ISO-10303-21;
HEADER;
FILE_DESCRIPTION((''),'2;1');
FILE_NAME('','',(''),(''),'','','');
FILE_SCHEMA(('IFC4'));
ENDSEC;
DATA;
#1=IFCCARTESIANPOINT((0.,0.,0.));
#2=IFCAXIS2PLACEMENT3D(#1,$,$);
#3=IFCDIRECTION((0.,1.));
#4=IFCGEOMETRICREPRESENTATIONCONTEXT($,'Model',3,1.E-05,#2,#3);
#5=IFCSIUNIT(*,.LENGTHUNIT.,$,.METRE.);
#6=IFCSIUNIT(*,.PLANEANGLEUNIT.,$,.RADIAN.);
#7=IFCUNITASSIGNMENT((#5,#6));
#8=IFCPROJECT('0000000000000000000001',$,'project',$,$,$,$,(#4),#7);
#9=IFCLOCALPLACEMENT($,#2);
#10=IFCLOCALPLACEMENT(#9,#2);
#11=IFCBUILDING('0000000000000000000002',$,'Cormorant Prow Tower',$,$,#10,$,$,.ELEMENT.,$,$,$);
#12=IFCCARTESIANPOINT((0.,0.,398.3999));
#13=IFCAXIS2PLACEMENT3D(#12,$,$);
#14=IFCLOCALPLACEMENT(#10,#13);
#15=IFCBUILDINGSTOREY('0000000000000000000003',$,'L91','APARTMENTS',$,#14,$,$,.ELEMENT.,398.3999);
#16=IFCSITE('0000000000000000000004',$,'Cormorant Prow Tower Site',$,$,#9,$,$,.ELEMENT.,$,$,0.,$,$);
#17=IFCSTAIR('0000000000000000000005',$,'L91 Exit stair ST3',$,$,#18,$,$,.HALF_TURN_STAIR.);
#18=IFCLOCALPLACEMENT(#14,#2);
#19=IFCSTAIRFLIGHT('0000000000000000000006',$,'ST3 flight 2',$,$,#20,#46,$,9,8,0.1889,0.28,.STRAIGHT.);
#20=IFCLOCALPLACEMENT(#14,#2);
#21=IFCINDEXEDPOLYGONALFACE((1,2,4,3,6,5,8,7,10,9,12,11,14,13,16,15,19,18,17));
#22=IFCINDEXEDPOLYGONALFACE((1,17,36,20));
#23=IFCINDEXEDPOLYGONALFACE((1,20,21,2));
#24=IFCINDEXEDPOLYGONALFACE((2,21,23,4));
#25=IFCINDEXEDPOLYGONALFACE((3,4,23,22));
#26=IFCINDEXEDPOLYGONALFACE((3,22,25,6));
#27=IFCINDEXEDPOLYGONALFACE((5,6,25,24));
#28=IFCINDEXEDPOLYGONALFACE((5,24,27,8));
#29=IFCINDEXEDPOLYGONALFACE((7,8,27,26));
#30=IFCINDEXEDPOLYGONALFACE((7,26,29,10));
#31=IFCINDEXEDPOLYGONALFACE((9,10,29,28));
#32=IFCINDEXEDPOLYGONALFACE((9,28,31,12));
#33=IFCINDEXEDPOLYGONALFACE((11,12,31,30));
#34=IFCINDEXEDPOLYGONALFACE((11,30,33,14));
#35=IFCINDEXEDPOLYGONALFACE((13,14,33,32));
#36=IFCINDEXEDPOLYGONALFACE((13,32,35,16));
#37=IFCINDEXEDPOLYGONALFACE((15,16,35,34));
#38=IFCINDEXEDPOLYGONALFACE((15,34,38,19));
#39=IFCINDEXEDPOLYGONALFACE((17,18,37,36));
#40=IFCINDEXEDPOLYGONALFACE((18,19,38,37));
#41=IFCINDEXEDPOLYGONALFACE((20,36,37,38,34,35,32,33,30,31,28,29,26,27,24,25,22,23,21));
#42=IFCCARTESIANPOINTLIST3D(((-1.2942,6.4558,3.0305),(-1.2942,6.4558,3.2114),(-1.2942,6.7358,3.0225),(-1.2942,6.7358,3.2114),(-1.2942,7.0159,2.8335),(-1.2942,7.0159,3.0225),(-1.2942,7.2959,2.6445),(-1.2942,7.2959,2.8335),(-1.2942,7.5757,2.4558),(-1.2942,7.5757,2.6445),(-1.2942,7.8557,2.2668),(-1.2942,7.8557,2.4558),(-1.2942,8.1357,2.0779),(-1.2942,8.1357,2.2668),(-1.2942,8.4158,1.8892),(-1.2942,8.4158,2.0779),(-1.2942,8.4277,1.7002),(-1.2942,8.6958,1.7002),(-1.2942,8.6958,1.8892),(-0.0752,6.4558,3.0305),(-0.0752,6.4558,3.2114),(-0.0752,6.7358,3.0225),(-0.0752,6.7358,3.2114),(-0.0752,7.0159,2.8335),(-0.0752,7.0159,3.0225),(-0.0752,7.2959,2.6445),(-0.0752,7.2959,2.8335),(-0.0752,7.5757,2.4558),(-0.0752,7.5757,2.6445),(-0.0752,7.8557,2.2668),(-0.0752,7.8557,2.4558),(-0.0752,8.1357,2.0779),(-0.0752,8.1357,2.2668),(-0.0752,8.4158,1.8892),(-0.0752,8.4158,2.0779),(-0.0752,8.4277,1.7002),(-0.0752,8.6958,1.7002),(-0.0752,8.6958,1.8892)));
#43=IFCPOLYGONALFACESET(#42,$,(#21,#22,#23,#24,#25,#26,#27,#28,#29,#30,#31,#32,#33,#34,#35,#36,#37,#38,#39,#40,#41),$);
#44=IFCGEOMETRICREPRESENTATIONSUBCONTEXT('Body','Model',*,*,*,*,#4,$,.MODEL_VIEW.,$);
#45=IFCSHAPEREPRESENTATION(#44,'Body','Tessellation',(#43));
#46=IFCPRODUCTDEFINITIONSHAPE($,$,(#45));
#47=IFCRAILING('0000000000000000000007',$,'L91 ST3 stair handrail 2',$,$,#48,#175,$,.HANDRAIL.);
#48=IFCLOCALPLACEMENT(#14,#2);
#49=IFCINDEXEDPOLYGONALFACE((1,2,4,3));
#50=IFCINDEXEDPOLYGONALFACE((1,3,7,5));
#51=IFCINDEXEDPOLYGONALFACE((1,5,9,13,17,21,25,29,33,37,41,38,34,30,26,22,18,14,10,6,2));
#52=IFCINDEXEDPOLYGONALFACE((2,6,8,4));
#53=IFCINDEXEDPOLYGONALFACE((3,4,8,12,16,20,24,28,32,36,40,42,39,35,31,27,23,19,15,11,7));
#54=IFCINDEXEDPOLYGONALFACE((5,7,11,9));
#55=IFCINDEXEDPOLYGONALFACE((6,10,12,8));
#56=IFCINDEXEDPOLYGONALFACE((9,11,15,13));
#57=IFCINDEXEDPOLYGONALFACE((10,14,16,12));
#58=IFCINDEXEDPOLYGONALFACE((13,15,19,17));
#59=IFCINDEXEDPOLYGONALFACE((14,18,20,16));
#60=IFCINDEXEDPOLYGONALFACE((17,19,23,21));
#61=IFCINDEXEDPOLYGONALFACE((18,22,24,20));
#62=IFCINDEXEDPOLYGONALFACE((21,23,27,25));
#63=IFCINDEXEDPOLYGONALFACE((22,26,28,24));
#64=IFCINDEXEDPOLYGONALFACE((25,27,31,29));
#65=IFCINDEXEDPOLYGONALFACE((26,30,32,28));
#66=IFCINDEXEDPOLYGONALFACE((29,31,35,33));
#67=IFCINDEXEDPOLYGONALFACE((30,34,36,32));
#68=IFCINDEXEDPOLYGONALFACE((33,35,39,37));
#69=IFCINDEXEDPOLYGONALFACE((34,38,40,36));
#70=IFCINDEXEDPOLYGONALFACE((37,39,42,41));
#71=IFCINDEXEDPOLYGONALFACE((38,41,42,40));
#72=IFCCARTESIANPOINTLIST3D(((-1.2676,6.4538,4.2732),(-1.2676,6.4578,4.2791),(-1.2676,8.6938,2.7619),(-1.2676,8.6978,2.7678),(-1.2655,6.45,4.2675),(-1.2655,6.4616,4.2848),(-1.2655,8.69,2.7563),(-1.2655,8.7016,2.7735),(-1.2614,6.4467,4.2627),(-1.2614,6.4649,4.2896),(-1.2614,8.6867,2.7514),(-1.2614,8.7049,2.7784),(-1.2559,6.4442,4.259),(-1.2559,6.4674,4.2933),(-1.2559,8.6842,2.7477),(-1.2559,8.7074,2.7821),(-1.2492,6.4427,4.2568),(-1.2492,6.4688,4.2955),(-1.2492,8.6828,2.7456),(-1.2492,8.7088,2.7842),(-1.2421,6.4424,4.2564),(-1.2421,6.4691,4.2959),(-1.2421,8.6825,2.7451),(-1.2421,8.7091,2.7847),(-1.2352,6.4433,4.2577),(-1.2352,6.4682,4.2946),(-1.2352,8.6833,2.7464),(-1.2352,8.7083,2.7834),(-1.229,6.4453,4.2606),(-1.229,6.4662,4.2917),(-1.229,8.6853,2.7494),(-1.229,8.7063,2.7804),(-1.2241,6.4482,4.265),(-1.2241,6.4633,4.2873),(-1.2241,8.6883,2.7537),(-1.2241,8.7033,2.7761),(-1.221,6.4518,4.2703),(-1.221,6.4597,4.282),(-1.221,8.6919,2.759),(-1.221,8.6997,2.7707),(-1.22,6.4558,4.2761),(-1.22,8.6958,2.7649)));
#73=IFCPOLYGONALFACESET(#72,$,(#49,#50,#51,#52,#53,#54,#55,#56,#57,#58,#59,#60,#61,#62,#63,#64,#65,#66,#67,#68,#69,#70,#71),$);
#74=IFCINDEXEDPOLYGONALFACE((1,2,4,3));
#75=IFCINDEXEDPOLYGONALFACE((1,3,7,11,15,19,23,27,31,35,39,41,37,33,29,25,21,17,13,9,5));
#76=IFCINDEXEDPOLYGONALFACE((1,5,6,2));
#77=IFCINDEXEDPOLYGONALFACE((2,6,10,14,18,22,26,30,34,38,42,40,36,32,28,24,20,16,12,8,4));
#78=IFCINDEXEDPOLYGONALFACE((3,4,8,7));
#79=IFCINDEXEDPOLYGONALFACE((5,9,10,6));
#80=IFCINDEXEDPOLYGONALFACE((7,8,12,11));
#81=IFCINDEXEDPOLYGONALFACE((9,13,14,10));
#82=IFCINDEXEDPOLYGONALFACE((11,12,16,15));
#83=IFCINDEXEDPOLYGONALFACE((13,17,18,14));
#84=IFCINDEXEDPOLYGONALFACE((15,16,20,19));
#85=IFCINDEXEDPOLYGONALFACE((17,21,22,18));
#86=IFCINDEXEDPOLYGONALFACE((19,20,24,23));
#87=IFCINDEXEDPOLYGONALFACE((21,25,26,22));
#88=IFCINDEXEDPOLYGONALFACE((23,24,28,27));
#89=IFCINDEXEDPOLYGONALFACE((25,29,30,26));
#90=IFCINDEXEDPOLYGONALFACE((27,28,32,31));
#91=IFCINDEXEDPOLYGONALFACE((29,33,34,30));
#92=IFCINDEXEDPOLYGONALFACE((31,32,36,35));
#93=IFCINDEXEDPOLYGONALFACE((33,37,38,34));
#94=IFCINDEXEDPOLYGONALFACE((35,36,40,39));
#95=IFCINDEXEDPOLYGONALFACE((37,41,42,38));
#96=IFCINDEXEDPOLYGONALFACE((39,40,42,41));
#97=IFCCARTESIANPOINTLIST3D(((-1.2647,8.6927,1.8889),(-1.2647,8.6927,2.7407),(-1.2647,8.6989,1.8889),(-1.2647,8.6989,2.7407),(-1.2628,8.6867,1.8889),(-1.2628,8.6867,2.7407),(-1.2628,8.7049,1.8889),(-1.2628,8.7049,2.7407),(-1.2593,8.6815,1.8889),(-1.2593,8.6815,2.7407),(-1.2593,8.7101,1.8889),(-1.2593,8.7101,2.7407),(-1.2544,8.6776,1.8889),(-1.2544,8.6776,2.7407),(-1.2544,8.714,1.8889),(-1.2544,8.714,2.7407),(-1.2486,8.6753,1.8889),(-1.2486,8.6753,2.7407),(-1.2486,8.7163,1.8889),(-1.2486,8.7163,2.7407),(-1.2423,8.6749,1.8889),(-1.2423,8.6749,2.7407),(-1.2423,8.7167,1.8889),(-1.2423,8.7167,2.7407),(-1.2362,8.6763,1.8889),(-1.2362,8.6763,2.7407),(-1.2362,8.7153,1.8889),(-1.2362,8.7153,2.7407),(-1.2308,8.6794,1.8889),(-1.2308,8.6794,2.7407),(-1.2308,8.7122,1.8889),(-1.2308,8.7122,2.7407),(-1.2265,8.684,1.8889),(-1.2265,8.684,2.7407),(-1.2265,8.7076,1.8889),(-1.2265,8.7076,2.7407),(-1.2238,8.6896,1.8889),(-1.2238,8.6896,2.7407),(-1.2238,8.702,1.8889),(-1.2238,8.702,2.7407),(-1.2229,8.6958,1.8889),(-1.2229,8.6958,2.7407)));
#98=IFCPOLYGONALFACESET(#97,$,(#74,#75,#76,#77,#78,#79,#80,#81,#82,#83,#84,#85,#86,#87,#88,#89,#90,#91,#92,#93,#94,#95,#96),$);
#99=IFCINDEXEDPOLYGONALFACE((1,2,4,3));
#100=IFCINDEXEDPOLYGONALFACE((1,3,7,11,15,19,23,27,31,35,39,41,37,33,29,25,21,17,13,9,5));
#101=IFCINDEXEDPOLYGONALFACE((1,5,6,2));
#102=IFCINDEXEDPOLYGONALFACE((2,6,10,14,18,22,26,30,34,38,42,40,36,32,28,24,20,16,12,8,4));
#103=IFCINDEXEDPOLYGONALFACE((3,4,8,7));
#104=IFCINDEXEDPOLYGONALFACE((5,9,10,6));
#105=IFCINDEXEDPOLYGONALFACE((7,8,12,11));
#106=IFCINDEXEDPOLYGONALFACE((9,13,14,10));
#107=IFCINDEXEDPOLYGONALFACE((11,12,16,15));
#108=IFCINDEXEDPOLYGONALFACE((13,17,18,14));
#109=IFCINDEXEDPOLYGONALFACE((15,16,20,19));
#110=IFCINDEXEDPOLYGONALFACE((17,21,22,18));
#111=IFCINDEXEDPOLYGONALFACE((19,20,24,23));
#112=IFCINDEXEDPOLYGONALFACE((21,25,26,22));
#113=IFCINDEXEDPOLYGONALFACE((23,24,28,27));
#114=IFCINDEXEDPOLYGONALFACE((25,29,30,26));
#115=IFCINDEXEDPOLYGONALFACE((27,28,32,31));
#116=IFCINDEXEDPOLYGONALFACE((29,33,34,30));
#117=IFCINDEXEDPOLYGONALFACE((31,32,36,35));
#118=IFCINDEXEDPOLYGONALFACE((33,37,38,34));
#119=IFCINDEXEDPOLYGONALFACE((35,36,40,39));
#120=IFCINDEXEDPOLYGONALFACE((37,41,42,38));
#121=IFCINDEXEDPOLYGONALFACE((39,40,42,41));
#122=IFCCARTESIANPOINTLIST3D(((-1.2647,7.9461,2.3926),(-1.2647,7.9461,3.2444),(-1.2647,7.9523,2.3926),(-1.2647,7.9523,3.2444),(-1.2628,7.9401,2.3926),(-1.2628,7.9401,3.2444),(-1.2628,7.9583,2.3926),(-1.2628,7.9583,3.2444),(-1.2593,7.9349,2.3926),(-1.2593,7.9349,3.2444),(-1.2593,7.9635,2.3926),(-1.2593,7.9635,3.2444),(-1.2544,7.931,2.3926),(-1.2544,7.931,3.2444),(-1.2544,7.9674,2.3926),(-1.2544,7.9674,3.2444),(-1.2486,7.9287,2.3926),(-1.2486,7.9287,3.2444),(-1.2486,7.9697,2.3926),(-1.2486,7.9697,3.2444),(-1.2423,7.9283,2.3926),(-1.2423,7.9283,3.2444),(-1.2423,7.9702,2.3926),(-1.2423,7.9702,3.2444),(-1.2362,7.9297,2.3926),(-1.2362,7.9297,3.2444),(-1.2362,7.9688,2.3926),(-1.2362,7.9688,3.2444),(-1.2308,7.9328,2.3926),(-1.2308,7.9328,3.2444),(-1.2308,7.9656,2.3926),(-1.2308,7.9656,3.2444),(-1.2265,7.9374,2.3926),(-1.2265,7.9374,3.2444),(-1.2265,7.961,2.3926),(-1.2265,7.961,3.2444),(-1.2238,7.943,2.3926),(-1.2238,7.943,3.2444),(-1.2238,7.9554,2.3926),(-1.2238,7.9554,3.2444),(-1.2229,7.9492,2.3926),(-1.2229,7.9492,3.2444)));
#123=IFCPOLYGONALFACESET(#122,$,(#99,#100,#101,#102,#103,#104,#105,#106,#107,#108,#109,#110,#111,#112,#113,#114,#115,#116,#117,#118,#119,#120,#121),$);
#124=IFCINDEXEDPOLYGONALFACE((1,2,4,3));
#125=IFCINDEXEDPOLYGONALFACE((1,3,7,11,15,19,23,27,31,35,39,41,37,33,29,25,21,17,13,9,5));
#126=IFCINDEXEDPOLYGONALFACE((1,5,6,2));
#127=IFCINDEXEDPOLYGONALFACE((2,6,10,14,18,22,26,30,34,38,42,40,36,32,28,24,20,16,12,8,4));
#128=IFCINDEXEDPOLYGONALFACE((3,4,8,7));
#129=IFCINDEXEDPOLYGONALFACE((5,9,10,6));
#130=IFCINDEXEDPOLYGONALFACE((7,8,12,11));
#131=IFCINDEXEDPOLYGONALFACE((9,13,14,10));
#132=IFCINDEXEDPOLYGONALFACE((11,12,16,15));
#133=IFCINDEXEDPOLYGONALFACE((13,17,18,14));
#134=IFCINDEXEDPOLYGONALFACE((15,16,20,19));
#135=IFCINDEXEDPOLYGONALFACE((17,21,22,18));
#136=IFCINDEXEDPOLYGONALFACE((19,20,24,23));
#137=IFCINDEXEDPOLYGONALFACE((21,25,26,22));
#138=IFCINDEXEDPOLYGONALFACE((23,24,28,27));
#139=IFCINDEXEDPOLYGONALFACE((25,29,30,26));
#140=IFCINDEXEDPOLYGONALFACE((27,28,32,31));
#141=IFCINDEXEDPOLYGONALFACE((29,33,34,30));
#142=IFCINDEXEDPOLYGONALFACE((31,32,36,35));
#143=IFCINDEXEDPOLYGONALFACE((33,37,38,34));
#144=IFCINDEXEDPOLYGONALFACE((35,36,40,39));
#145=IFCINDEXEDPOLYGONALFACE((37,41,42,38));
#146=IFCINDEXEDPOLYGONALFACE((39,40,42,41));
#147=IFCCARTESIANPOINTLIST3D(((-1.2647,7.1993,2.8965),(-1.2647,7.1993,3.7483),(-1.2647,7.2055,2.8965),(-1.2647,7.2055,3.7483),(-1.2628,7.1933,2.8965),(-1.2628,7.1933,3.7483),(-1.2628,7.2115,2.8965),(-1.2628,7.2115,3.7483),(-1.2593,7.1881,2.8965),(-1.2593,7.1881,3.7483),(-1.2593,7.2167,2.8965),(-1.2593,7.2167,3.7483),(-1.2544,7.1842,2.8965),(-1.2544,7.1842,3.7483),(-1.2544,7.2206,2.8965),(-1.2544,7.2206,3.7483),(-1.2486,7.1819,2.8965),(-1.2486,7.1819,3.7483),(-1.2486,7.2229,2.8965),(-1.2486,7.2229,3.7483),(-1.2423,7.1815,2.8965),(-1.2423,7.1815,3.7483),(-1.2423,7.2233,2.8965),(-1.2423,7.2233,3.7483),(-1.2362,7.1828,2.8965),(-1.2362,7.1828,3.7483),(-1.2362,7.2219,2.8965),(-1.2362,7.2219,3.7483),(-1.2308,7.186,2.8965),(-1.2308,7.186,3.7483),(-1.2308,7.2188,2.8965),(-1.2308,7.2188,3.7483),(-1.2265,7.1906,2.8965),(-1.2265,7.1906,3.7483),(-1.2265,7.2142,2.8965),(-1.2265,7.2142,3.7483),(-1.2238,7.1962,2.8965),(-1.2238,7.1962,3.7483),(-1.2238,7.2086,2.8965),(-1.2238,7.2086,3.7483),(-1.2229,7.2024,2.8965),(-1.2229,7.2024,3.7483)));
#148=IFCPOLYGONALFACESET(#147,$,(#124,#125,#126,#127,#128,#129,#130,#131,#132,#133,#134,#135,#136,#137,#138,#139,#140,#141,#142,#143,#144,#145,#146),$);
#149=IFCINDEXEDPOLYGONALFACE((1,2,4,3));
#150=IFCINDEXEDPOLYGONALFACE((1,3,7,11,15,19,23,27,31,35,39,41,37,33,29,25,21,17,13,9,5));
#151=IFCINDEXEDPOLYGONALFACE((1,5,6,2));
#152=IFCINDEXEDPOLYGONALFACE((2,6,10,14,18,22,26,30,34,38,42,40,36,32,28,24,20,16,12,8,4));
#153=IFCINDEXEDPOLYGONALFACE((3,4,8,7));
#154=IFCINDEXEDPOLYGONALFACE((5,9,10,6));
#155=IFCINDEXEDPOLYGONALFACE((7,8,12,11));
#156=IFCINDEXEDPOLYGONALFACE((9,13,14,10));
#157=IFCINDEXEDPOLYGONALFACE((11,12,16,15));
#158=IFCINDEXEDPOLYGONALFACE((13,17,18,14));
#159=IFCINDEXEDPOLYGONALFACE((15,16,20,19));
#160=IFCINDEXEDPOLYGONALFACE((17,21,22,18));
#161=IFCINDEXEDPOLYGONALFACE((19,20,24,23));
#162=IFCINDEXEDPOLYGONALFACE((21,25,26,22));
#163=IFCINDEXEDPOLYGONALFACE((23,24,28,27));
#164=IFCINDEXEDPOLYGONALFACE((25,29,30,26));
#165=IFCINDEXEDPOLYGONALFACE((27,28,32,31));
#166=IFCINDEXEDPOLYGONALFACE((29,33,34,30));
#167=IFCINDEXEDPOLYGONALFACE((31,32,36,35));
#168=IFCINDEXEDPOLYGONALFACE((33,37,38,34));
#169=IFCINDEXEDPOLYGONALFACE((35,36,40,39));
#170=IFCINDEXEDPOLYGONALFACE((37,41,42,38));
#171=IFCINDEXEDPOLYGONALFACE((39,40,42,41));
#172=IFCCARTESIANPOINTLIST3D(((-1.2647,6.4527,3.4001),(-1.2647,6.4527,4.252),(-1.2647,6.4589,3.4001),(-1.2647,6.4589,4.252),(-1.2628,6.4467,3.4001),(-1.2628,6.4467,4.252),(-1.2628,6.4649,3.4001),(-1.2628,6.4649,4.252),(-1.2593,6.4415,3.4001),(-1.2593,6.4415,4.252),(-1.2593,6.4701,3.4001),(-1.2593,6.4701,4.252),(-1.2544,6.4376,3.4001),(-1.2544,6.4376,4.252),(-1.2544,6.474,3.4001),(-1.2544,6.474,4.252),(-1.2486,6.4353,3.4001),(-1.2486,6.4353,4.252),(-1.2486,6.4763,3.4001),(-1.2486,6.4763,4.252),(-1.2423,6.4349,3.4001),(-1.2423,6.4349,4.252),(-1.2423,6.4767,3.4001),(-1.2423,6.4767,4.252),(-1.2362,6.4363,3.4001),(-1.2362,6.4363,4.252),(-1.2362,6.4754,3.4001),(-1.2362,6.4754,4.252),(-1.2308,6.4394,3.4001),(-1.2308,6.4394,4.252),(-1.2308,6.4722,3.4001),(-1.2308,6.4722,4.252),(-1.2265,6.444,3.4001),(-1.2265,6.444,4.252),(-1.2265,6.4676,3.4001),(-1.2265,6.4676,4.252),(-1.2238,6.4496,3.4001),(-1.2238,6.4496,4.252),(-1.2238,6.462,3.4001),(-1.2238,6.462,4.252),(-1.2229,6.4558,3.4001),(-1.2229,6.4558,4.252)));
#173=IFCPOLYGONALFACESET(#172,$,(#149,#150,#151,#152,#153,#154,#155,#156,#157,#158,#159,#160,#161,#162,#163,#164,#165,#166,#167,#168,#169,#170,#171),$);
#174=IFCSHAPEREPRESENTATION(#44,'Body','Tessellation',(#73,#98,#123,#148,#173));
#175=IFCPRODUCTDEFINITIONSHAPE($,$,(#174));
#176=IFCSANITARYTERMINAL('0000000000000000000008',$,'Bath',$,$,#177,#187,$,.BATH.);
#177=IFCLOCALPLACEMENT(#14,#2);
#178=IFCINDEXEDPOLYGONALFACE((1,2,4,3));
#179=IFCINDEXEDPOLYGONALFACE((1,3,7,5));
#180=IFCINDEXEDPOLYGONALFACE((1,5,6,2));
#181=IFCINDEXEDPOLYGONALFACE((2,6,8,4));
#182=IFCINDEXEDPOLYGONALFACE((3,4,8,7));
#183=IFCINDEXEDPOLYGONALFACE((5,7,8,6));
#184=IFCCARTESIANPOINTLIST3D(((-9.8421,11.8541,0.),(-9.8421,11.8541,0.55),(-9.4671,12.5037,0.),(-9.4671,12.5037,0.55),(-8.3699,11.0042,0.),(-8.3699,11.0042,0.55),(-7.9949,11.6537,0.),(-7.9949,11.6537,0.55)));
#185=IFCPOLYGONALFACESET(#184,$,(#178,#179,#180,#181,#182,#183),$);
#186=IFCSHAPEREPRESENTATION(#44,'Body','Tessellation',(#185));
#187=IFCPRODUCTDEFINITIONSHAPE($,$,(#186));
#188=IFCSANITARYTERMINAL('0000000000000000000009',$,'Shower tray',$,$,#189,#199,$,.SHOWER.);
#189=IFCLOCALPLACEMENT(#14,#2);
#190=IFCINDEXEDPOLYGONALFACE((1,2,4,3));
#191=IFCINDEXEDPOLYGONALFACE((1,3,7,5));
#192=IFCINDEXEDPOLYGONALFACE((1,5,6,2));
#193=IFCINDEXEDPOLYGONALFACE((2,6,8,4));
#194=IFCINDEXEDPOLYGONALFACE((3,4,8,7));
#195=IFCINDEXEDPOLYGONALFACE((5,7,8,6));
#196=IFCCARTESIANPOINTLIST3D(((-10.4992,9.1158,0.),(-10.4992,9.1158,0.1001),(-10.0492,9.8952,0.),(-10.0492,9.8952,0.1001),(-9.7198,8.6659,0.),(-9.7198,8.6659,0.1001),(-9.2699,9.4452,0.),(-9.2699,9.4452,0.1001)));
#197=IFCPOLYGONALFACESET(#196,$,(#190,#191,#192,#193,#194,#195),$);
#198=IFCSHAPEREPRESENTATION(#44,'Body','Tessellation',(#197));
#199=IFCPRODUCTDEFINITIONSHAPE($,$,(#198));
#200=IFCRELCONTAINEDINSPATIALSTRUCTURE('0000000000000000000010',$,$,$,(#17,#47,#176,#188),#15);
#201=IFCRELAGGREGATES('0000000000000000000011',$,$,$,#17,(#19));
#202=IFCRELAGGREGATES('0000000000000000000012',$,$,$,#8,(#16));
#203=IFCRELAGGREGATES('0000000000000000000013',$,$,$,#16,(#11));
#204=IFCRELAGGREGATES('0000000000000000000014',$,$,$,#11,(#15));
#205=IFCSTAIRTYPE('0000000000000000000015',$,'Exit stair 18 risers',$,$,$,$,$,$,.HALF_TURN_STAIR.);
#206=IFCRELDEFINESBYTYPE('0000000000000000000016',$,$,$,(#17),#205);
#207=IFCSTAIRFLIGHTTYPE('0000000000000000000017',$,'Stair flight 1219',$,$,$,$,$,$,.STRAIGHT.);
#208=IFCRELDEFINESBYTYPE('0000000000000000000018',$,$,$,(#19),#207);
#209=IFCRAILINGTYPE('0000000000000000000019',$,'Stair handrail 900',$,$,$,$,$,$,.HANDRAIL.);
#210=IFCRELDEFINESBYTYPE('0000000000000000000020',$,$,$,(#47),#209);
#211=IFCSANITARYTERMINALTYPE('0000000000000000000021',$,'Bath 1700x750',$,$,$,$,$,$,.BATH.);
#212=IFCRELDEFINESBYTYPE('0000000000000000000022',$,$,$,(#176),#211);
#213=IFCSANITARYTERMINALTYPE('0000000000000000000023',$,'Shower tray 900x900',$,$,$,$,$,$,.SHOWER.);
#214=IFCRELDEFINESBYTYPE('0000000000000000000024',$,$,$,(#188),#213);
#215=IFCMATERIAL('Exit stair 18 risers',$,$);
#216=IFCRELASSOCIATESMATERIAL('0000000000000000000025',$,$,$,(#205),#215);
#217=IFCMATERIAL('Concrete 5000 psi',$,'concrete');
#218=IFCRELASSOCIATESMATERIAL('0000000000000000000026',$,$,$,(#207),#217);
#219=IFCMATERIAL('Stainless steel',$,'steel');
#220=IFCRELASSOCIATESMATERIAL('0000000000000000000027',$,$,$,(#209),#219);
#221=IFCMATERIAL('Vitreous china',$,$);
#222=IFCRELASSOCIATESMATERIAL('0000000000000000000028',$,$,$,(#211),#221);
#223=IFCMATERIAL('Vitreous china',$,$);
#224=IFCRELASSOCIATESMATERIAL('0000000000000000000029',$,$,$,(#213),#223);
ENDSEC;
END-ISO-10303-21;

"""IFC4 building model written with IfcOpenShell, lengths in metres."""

from ifc_helpers import new_model, si_unit, direction, frame, origin, origin_2d, place, context, subcontext, project, spatial, polyline, rectangle, circle, outline, extrude, material, type_object, element, aggregate, save


model = new_model("IFC4")

# Units and contexts
model_context = context("Model", 3, precision=1e-05, world=origin(), true_north=direction((0.0, 1.0)))
body_context = subcontext(model_context, "Body", "Model", "MODEL_VIEW")
ifc_project = project(units=[si_unit("LENGTHUNIT", "METRE"), si_unit("PLANEANGLEUNIT", "RADIAN")], contexts=[model_context])

# Site, building, storey
site_placement = place(None, origin())
site = spatial("IfcSite", under=ifc_project, at=site_placement, Name="Cormorant Prow Tower Site", CompositionType="ELEMENT", RefElevation=0.0)
building_placement = place(site_placement, origin())
building = spatial("IfcBuilding", under=site, at=building_placement, Name="Cormorant Prow Tower", CompositionType="ELEMENT")
storey_placement = place(building_placement, frame((0.0, 0.0, 398.3999)))
storey = spatial("IfcBuildingStorey", under=building, at=storey_placement, Name="L91", Description="APARTMENTS", CompositionType="ELEMENT", Elevation=398.3999)

# Stair, stair flight
ifc_material_1 = material(Name="Exit stair 18 risers")
stair_type = type_object("IfcStairType", Name="Exit stair 18 risers", PredefinedType="HALF_TURN_STAIR", material=ifc_material_1)
stair_placement = place(storey_placement, origin())
stair = element("IfcStair", 1, at=stair_placement, inside=storey, type_object=stair_type, Name="L91 Exit stair ST3", PredefinedType="HALF_TURN_STAIR")
ifc_material_2 = material(Name="Concrete 5000 psi", Category="concrete")
stair_flight_type = type_object("IfcStairFlightType", Name="Stair flight 1219", PredefinedType="STRAIGHT", material=ifc_material_2)
stair_flight_placement = place(storey_placement, frame((-0.6846, 8.6958, 1.7002), z_axis=(0.0, 0.0, 1.0), x_axis=(0.0, -1.0, 0.0)))
stair_flight = element("IfcStairFlight", 2, at=stair_flight_placement, type_object=stair_flight_type, Name="ST3 flight 2", NumberOfRisers=9, NumberOfTreads=8, PredefinedType="STRAIGHT", RiserHeight=0.1889, TreadLength=0.28, context=body_context, shape_type="SweptSolid", body=[
    extrude(outline(polyline([(0.0, 0.0), (0.0, 0.189), (0.28, 0.189), (0.28, 0.3777), (0.5601, 0.3777), (0.5601, 0.5667), (0.8401, 0.5667), (0.8401, 0.7556), (1.1201, 0.7556), (1.1201, 0.9443), (1.3999, 0.9443), (1.3999, 1.1333), (1.6799, 1.1333), (1.6799, 1.3223), (1.96, 1.3223), (1.96, 1.5112), (2.24, 1.5112), (2.24, 1.7), (2.24, 1.3303), (0.2681, 0.0), (0.0, 0.0)])), frame((0.0, 0.6094, 0.0), z_axis=(0.0, -1.0, 0.0), x_axis=(1.0, 0.0, 0.0)), (0.0, 0.0, 1.0), 1.219),
])
aggregate(stair, [stair_flight])

# Railing
ifc_material_3 = material(Name="Stainless steel", Category="steel")
railing_type = type_object("IfcRailingType", Name="Stair handrail 900", PredefinedType="HANDRAIL", material=ifc_material_3)
railing_placement = place(storey_placement, frame((-1.2439, 8.6958, 1.8889)))
element("IfcRailing", 3, at=railing_placement, inside=storey, type_object=railing_type, Name="L91 ST3 stair handrail 2", PredefinedType="HANDRAIL", context=body_context, shape_type="SweptSolid", body=[
    extrude(circle(Radius=0.0239, at=origin_2d()), frame((0.0, 0.0, 0.876), z_axis=(0.0, -0.82898, 0.559279), x_axis=(1.0, 0.0, 0.0)), (0.0, 0.0, 1.0), 2.7021),
    extrude(circle(Radius=0.021, at=origin_2d()), origin(), (0.0, 0.0, 1.0), 0.8518),
    extrude(circle(Radius=0.021, at=origin_2d()), frame((0.0, -0.7466, 0.5037)), (0.0, 0.0, 1.0), 0.8518),
    extrude(circle(Radius=0.021, at=origin_2d()), frame((0.0, -1.4934, 1.0076)), (0.0, 0.0, 1.0), 0.8518),
    extrude(circle(Radius=0.021, at=origin_2d()), frame((0.0, -2.24, 1.5112)), (0.0, 0.0, 1.0), 0.8518),
])

# Sanitary terminals
ifc_material_4 = material(Name="Vitreous china")
sanitary_terminal_type_1 = type_object("IfcSanitaryTerminalType", Name="Bath 1700x750", PredefinedType="BATH", material=ifc_material_4)
sanitary_terminal_1_placement = place(storey_placement, frame((-8.9185, 11.7539, 0.0), z_axis=(0.0, 0.0, 1.0), x_axis=(-0.866025, 0.5, 0.0)))
element("IfcSanitaryTerminal", 4, at=sanitary_terminal_1_placement, inside=storey, type_object=sanitary_terminal_type_1, Name="Bath", PredefinedType="BATH", context=body_context, shape_type="SweptSolid", body=[
    extrude(rectangle(XDim=1.7, YDim=0.75, at=origin_2d()), origin(), (0.0, 0.0, 1.0), 0.55),
])
ifc_material_5 = material(Name="Vitreous china")
sanitary_terminal_type_2 = type_object("IfcSanitaryTerminalType", Name="Shower tray 900x900", PredefinedType="SHOWER", material=ifc_material_5)
sanitary_terminal_2_placement = place(storey_placement, frame((-9.8845, 9.2805, 0.0), z_axis=(0.0, 0.0, 1.0), x_axis=(-0.866025, 0.5, 0.0)))
element("IfcSanitaryTerminal", 5, at=sanitary_terminal_2_placement, inside=storey, type_object=sanitary_terminal_type_2, Name="Shower tray", PredefinedType="SHOWER", context=body_context, shape_type="SweptSolid", body=[
    extrude(rectangle(XDim=0.8999, YDim=0.8999, at=origin_2d()), origin(), (0.0, 0.0, 1.0), 0.1001),
])

save(model, "model.ifc")
